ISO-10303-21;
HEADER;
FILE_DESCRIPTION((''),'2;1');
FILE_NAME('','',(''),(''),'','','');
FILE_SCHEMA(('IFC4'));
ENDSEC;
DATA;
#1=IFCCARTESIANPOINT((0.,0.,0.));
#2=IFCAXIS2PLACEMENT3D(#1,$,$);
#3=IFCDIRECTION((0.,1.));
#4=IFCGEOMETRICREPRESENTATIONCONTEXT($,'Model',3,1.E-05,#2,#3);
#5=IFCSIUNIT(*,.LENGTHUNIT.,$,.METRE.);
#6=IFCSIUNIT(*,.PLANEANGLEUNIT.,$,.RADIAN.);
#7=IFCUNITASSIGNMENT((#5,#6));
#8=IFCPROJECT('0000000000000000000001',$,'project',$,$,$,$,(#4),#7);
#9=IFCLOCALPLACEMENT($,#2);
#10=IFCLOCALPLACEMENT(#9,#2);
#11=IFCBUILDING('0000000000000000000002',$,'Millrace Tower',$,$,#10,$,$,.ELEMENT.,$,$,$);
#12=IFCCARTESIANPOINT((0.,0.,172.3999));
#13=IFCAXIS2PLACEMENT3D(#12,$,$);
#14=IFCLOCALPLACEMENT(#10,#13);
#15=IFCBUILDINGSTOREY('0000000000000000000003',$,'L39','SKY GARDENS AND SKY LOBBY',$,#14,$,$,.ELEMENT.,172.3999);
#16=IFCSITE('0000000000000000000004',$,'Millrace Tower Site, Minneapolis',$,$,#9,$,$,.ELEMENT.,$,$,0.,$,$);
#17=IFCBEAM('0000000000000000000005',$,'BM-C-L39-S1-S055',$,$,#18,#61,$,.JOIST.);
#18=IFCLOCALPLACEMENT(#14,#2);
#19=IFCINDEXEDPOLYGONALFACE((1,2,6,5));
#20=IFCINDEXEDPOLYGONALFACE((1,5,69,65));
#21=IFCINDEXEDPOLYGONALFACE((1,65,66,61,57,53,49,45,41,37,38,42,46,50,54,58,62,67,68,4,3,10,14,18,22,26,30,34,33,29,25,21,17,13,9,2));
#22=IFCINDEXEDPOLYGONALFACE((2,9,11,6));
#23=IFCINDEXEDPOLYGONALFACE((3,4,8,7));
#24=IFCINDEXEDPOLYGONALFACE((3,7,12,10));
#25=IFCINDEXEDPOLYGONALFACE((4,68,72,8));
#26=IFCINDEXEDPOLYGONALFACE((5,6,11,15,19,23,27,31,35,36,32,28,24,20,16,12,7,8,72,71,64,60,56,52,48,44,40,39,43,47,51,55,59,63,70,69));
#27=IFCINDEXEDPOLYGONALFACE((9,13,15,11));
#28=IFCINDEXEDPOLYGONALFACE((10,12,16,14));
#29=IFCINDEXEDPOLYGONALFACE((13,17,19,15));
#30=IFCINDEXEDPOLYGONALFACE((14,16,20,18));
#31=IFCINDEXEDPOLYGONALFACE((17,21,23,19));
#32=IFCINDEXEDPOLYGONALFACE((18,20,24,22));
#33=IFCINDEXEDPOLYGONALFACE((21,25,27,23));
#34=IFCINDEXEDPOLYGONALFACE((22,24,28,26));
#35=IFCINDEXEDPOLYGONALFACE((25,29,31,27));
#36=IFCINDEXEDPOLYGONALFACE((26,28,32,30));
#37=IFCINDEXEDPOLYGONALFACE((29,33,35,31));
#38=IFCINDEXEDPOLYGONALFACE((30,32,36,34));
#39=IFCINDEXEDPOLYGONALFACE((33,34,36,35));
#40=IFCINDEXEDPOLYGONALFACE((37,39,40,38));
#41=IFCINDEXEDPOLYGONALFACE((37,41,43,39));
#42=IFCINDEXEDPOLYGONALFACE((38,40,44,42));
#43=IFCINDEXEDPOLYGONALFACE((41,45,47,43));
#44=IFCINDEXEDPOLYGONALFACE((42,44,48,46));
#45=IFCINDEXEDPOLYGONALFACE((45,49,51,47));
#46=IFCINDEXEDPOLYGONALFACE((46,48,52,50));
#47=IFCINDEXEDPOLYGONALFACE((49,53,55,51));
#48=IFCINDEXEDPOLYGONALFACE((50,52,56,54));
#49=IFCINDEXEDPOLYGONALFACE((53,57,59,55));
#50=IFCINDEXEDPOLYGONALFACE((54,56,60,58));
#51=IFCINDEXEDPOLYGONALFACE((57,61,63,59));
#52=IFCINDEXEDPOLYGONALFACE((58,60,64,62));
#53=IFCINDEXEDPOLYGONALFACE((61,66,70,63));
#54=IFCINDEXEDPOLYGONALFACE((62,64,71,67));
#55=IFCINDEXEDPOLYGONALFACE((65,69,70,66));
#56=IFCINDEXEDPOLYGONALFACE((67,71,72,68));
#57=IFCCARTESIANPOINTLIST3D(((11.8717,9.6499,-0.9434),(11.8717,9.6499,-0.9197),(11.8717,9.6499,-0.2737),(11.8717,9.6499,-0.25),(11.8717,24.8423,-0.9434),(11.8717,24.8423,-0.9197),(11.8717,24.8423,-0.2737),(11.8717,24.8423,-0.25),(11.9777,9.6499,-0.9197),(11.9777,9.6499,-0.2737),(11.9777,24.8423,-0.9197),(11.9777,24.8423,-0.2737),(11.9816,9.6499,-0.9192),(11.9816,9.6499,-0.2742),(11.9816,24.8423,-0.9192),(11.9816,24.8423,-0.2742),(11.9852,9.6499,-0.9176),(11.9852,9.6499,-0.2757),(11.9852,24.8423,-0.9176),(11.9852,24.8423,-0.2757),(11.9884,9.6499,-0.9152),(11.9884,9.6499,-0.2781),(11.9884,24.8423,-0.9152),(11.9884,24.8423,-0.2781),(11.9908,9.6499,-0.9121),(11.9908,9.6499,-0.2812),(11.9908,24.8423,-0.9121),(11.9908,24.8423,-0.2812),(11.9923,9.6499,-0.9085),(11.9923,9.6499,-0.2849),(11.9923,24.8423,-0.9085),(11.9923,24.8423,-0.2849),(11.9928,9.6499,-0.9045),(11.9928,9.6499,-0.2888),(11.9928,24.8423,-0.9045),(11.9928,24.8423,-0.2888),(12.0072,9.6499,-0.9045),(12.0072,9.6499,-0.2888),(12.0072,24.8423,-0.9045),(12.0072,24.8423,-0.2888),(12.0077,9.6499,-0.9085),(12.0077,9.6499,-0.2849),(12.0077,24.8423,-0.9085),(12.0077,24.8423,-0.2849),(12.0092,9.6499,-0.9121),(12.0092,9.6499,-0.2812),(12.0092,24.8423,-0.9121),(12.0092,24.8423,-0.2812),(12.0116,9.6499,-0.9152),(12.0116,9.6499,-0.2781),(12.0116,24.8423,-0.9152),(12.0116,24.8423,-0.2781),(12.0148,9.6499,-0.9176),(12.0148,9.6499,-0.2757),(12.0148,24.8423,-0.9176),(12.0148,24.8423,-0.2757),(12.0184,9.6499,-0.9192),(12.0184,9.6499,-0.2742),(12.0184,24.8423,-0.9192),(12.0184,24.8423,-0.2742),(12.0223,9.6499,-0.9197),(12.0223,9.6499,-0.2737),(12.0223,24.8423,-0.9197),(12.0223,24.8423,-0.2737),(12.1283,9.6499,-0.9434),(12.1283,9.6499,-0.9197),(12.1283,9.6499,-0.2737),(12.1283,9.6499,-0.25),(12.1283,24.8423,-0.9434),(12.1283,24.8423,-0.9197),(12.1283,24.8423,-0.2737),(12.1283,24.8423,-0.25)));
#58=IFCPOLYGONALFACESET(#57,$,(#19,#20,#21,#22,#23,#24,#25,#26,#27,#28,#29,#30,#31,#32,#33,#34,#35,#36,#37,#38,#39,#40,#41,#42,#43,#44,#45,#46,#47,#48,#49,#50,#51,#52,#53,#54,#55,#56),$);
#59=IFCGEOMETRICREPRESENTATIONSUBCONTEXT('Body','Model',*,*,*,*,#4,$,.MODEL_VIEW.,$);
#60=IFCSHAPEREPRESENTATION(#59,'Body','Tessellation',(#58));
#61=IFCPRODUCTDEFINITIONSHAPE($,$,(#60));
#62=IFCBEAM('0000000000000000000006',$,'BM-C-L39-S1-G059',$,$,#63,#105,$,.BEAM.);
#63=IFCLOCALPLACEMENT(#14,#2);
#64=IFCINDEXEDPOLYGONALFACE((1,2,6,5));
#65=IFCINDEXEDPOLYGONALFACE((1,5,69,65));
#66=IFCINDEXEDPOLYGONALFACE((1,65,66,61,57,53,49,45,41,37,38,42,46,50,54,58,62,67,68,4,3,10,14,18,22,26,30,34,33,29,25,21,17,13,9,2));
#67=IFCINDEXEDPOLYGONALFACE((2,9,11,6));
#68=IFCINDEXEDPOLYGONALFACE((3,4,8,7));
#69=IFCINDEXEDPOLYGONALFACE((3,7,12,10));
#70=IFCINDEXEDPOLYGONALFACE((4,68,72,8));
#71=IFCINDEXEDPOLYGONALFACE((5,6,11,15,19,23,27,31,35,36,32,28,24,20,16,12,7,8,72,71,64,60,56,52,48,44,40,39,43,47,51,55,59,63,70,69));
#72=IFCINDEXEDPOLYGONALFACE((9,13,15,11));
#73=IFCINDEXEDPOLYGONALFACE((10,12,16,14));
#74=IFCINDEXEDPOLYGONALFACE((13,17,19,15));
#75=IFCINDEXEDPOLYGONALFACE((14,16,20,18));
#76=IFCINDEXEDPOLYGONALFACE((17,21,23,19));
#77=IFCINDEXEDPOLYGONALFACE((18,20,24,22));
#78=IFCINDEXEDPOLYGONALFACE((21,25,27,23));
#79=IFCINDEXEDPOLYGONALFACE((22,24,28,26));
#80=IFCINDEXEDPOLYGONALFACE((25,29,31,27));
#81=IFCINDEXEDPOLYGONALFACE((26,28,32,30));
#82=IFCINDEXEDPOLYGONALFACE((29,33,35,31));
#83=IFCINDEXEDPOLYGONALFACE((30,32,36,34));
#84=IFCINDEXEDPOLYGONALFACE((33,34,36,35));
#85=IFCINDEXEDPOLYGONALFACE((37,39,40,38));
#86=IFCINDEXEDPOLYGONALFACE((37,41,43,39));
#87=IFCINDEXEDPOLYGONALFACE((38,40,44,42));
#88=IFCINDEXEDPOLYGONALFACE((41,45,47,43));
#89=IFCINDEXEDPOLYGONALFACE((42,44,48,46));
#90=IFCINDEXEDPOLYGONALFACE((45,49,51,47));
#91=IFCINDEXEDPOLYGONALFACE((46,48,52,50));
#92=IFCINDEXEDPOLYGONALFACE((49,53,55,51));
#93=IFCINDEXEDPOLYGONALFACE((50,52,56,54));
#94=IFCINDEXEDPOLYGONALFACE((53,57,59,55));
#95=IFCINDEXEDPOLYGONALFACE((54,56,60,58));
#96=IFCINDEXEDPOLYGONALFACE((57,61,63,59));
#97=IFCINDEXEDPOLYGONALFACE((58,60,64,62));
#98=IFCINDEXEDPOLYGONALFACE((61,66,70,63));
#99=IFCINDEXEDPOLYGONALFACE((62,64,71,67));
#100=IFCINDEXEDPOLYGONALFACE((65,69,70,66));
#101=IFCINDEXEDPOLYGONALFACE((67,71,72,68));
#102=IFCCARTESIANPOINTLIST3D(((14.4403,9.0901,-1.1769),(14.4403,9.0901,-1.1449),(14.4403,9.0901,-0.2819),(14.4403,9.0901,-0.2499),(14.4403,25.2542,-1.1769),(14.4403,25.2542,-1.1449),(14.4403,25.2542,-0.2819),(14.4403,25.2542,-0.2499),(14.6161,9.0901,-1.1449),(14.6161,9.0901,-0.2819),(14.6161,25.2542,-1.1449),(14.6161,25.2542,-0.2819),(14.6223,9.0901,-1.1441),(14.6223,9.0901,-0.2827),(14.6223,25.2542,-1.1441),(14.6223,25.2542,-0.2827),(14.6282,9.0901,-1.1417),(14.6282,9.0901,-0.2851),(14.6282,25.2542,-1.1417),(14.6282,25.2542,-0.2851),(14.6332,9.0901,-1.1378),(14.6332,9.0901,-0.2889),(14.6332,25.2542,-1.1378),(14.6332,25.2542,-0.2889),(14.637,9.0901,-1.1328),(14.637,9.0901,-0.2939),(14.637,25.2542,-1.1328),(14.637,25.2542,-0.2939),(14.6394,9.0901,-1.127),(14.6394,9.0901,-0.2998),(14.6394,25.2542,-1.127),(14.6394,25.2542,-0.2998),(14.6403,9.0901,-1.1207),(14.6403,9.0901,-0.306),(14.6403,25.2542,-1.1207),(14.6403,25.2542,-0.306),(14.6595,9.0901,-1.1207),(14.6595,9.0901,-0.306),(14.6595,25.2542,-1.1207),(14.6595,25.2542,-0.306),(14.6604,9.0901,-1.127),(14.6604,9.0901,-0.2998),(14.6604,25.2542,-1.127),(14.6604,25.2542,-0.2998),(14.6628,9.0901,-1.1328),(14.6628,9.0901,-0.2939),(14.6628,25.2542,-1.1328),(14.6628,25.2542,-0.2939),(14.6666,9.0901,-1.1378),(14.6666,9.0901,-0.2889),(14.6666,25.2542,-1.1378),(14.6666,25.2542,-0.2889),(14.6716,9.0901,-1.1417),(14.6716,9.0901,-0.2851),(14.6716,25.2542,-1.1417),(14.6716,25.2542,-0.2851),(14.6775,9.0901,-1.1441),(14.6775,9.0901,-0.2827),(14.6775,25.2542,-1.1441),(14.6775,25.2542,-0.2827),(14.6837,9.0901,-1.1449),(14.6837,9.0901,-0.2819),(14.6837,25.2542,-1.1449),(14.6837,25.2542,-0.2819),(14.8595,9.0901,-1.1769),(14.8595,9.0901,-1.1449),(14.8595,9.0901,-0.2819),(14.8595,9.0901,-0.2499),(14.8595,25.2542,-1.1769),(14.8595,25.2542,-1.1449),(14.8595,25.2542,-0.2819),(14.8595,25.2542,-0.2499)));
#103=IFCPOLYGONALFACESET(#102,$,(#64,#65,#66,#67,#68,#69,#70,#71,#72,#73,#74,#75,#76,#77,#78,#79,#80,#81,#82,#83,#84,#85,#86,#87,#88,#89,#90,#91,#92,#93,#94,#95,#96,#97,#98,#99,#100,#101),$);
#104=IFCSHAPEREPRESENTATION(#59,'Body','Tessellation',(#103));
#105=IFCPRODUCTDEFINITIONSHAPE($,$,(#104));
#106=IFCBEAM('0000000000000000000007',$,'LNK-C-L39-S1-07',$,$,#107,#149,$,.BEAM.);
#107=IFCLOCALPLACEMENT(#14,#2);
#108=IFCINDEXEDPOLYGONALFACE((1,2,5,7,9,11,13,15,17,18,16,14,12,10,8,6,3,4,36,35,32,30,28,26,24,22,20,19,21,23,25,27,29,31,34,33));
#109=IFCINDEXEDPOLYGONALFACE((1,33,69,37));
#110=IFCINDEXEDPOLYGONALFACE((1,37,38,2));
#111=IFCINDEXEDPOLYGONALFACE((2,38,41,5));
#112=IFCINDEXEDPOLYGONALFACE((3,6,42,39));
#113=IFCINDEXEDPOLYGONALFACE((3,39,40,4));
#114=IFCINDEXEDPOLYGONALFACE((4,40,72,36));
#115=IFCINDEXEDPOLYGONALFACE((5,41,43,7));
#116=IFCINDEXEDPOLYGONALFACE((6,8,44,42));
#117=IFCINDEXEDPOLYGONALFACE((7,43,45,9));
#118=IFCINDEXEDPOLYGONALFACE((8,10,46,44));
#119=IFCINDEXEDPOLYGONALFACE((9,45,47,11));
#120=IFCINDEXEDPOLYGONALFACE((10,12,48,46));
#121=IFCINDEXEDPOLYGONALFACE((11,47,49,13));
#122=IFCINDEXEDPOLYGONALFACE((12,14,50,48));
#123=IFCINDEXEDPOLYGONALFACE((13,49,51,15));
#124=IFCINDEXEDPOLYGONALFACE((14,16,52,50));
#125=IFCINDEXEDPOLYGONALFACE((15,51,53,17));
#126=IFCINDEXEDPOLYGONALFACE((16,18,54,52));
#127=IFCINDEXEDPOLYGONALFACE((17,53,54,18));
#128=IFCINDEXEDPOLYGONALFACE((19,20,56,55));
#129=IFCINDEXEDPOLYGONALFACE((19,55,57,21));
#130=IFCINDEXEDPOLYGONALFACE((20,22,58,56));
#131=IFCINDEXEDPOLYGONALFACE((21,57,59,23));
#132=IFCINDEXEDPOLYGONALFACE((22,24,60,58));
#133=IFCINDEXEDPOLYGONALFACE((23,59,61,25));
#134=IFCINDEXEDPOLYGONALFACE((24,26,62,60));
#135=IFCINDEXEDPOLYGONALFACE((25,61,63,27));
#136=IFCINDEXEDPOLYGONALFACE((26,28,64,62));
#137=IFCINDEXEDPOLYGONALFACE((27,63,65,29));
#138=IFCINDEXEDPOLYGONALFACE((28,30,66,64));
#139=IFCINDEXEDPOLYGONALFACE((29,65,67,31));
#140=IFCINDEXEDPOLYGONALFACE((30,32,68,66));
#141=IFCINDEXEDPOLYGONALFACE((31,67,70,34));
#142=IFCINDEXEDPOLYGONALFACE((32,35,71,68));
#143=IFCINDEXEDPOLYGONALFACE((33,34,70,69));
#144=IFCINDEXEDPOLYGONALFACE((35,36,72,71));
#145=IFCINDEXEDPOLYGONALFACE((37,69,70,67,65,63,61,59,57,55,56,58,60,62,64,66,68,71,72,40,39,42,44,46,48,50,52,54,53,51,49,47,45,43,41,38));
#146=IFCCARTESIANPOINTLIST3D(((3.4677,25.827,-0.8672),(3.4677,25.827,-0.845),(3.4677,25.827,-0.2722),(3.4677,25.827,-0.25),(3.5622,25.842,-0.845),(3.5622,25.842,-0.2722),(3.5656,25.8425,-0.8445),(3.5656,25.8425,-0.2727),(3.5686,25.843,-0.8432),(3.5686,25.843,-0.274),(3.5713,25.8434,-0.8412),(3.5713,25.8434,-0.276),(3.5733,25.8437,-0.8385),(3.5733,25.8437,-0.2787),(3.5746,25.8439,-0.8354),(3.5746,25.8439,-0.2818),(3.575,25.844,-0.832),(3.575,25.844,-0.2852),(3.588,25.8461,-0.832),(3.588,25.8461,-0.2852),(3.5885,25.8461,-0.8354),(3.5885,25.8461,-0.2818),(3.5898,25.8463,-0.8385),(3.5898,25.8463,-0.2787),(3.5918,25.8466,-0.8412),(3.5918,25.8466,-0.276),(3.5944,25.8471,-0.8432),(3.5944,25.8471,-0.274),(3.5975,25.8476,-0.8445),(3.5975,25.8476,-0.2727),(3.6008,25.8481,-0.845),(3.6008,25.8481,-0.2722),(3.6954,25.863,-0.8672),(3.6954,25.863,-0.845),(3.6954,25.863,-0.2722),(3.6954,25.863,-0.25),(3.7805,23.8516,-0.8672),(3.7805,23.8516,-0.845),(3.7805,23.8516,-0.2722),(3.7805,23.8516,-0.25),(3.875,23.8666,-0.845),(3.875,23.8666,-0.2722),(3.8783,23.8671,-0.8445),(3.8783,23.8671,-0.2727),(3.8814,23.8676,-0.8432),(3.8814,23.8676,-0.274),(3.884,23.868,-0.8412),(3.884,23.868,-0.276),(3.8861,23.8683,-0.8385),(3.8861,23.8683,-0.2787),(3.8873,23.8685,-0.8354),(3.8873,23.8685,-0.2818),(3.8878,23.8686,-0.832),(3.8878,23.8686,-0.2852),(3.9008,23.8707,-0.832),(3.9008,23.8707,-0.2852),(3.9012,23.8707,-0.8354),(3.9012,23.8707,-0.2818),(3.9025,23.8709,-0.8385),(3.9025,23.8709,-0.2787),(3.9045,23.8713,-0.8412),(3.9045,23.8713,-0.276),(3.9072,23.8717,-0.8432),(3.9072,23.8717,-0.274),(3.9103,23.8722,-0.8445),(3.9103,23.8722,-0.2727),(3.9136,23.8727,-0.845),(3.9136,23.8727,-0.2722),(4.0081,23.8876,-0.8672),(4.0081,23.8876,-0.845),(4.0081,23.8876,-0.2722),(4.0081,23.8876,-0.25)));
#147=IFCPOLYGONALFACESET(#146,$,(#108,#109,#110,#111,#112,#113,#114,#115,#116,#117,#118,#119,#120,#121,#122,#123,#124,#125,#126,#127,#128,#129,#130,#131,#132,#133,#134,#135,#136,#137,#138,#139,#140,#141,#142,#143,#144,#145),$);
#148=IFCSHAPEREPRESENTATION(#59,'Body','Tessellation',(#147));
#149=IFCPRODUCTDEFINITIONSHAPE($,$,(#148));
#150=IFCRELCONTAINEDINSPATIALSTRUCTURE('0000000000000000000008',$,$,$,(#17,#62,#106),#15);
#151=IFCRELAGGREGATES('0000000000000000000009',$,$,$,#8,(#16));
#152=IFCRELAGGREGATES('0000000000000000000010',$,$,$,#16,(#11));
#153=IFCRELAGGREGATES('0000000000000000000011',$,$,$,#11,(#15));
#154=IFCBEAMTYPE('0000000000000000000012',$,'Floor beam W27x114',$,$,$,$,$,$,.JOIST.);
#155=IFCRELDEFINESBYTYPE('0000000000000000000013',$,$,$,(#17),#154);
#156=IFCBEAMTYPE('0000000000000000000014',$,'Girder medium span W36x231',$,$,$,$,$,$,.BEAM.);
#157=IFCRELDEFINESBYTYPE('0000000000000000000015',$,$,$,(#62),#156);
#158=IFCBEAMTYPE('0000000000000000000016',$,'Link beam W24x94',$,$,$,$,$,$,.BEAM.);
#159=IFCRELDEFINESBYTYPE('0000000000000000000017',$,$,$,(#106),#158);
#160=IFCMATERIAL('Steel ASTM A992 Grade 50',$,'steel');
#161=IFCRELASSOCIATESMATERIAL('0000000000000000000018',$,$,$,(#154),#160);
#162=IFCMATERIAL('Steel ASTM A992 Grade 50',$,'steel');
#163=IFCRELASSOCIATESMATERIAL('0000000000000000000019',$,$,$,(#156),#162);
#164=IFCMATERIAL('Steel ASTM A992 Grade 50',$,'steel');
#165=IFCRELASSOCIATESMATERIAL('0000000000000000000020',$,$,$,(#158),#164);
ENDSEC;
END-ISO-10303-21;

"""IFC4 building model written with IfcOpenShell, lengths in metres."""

from ifc_helpers import new_model, si_unit, direction, frame, origin, origin_2d, place, context, subcontext, project, spatial, i_section, extrude, material, material_profile, profile_set, type_object, element, save


model = new_model("IFC4")

# Units and contexts
model_context = context("Model", 3, precision=1e-05, world=origin(), true_north=direction((0.0, 1.0)))
body_context = subcontext(model_context, "Body", "Model", "MODEL_VIEW")
ifc_project = project(units=[si_unit("LENGTHUNIT", "METRE"), si_unit("PLANEANGLEUNIT", "RADIAN")], contexts=[model_context])

# Site, building, storey
site_placement = place(None, origin())
site = spatial("IfcSite", under=ifc_project, at=site_placement, Name="Millrace Tower Site, Minneapolis", CompositionType="ELEMENT", RefElevation=0.0)
building_placement = place(site_placement, origin())
building = spatial("IfcBuilding", under=site, at=building_placement, Name="Millrace Tower", CompositionType="ELEMENT")
storey_placement = place(building_placement, frame((0.0, 0.0, 172.3999)))
storey = spatial("IfcBuildingStorey", under=building, at=storey_placement, Name="L39", Description="SKY GARDENS AND SKY LOBBY", CompositionType="ELEMENT", Elevation=172.3999)

# Beams
ifc_material_1 = material(Name="Steel ASTM A992 Grade 50", Category="steel")
ifc_material_profile_1 = material_profile(ifc_material_1, i_section(OverallWidth=0.2566, OverallDepth=0.6934, WebThickness=0.0144, FlangeThickness=0.0237, FilletRadius=0.0151, at=origin_2d()))
ifc_profile_set_1 = profile_set([ifc_material_profile_1], Name="Steel ASTM A992 Grade 50")
beam_type_1 = type_object("IfcBeamType", Name="Floor beam W27x114", PredefinedType="JOIST", material=ifc_profile_set_1)
beam_1_placement = place(storey_placement, frame((12.0, 9.6499, -0.5967), z_axis=(0.0, 1.0, 0.0), x_axis=(-1.0, 0.0, 0.0)))
element("IfcBeam", 1, at=beam_1_placement, inside=storey, type_object=beam_type_1, Name="BM-C-L39-S1-S055", PredefinedType="JOIST", context=body_context, shape_type="SweptSolid", body=[
    extrude(i_section(OverallWidth=0.2566, OverallDepth=0.6934, WebThickness=0.0144, FlangeThickness=0.0237, FilletRadius=0.0151, at=origin_2d()), origin(), (0.0, 0.0, 1.0), 15.1924),
])
ifc_material_2 = material(Name="Steel ASTM A992 Grade 50", Category="steel")
ifc_material_profile_2 = material_profile(ifc_material_2, i_section(OverallWidth=0.4192, OverallDepth=0.927, WebThickness=0.0193, FlangeThickness=0.032, FilletRadius=0.0242, at=origin_2d()))
ifc_profile_set_2 = profile_set([ifc_material_profile_2], Name="Steel ASTM A992 Grade 50")
beam_type_2 = type_object("IfcBeamType", Name="Girder medium span W36x231", PredefinedType="BEAM", material=ifc_profile_set_2)
beam_2_placement = place(storey_placement, frame((14.6499, 9.0901, -0.7134), z_axis=(0.0, 1.0, 0.0), x_axis=(-1.0, 0.0, 0.0)))
element("IfcBeam", 2, at=beam_2_placement, inside=storey, type_object=beam_type_2, Name="BM-C-L39-S1-G059", PredefinedType="BEAM", context=body_context, shape_type="SweptSolid", body=[
    extrude(i_section(OverallWidth=0.4192, OverallDepth=0.927, WebThickness=0.0193, FlangeThickness=0.032, FilletRadius=0.0242, at=origin_2d()), origin(), (0.0, 0.0, 1.0), 16.1641),
])
ifc_material_3 = material(Name="Steel ASTM A992 Grade 50", Category="steel")
ifc_material_profile_3 = material_profile(ifc_material_3, i_section(OverallWidth=0.2305, OverallDepth=0.6172, WebThickness=0.0132, FlangeThickness=0.0222, FilletRadius=0.0129, at=origin_2d()))
ifc_profile_set_3 = profile_set([ifc_material_profile_3], Name="Steel ASTM A992 Grade 50")
beam_type_3 = type_object("IfcBeamType", Name="Link beam W24x94", PredefinedType="BEAM", material=ifc_profile_set_3)
beam_3_placement = place(storey_placement, frame((3.8943, 23.8696, -0.5586), z_axis=(-0.156376, 0.987698, 0.0), x_axis=(-0.987698, -0.156376, 0.0)))
element("IfcBeam", 3, at=beam_3_placement, inside=storey, type_object=beam_type_3, Name="LNK-C-L39-S1-07", PredefinedType="BEAM", context=body_context, shape_type="SweptSolid", body=[
    extrude(i_section(OverallWidth=0.2305, OverallDepth=0.6172, WebThickness=0.0132, FlangeThickness=0.0222, FilletRadius=0.0129, at=origin_2d()), origin(), (0.0, 0.0, 1.0), 2.0),
])

save(model, "model.ifc")
